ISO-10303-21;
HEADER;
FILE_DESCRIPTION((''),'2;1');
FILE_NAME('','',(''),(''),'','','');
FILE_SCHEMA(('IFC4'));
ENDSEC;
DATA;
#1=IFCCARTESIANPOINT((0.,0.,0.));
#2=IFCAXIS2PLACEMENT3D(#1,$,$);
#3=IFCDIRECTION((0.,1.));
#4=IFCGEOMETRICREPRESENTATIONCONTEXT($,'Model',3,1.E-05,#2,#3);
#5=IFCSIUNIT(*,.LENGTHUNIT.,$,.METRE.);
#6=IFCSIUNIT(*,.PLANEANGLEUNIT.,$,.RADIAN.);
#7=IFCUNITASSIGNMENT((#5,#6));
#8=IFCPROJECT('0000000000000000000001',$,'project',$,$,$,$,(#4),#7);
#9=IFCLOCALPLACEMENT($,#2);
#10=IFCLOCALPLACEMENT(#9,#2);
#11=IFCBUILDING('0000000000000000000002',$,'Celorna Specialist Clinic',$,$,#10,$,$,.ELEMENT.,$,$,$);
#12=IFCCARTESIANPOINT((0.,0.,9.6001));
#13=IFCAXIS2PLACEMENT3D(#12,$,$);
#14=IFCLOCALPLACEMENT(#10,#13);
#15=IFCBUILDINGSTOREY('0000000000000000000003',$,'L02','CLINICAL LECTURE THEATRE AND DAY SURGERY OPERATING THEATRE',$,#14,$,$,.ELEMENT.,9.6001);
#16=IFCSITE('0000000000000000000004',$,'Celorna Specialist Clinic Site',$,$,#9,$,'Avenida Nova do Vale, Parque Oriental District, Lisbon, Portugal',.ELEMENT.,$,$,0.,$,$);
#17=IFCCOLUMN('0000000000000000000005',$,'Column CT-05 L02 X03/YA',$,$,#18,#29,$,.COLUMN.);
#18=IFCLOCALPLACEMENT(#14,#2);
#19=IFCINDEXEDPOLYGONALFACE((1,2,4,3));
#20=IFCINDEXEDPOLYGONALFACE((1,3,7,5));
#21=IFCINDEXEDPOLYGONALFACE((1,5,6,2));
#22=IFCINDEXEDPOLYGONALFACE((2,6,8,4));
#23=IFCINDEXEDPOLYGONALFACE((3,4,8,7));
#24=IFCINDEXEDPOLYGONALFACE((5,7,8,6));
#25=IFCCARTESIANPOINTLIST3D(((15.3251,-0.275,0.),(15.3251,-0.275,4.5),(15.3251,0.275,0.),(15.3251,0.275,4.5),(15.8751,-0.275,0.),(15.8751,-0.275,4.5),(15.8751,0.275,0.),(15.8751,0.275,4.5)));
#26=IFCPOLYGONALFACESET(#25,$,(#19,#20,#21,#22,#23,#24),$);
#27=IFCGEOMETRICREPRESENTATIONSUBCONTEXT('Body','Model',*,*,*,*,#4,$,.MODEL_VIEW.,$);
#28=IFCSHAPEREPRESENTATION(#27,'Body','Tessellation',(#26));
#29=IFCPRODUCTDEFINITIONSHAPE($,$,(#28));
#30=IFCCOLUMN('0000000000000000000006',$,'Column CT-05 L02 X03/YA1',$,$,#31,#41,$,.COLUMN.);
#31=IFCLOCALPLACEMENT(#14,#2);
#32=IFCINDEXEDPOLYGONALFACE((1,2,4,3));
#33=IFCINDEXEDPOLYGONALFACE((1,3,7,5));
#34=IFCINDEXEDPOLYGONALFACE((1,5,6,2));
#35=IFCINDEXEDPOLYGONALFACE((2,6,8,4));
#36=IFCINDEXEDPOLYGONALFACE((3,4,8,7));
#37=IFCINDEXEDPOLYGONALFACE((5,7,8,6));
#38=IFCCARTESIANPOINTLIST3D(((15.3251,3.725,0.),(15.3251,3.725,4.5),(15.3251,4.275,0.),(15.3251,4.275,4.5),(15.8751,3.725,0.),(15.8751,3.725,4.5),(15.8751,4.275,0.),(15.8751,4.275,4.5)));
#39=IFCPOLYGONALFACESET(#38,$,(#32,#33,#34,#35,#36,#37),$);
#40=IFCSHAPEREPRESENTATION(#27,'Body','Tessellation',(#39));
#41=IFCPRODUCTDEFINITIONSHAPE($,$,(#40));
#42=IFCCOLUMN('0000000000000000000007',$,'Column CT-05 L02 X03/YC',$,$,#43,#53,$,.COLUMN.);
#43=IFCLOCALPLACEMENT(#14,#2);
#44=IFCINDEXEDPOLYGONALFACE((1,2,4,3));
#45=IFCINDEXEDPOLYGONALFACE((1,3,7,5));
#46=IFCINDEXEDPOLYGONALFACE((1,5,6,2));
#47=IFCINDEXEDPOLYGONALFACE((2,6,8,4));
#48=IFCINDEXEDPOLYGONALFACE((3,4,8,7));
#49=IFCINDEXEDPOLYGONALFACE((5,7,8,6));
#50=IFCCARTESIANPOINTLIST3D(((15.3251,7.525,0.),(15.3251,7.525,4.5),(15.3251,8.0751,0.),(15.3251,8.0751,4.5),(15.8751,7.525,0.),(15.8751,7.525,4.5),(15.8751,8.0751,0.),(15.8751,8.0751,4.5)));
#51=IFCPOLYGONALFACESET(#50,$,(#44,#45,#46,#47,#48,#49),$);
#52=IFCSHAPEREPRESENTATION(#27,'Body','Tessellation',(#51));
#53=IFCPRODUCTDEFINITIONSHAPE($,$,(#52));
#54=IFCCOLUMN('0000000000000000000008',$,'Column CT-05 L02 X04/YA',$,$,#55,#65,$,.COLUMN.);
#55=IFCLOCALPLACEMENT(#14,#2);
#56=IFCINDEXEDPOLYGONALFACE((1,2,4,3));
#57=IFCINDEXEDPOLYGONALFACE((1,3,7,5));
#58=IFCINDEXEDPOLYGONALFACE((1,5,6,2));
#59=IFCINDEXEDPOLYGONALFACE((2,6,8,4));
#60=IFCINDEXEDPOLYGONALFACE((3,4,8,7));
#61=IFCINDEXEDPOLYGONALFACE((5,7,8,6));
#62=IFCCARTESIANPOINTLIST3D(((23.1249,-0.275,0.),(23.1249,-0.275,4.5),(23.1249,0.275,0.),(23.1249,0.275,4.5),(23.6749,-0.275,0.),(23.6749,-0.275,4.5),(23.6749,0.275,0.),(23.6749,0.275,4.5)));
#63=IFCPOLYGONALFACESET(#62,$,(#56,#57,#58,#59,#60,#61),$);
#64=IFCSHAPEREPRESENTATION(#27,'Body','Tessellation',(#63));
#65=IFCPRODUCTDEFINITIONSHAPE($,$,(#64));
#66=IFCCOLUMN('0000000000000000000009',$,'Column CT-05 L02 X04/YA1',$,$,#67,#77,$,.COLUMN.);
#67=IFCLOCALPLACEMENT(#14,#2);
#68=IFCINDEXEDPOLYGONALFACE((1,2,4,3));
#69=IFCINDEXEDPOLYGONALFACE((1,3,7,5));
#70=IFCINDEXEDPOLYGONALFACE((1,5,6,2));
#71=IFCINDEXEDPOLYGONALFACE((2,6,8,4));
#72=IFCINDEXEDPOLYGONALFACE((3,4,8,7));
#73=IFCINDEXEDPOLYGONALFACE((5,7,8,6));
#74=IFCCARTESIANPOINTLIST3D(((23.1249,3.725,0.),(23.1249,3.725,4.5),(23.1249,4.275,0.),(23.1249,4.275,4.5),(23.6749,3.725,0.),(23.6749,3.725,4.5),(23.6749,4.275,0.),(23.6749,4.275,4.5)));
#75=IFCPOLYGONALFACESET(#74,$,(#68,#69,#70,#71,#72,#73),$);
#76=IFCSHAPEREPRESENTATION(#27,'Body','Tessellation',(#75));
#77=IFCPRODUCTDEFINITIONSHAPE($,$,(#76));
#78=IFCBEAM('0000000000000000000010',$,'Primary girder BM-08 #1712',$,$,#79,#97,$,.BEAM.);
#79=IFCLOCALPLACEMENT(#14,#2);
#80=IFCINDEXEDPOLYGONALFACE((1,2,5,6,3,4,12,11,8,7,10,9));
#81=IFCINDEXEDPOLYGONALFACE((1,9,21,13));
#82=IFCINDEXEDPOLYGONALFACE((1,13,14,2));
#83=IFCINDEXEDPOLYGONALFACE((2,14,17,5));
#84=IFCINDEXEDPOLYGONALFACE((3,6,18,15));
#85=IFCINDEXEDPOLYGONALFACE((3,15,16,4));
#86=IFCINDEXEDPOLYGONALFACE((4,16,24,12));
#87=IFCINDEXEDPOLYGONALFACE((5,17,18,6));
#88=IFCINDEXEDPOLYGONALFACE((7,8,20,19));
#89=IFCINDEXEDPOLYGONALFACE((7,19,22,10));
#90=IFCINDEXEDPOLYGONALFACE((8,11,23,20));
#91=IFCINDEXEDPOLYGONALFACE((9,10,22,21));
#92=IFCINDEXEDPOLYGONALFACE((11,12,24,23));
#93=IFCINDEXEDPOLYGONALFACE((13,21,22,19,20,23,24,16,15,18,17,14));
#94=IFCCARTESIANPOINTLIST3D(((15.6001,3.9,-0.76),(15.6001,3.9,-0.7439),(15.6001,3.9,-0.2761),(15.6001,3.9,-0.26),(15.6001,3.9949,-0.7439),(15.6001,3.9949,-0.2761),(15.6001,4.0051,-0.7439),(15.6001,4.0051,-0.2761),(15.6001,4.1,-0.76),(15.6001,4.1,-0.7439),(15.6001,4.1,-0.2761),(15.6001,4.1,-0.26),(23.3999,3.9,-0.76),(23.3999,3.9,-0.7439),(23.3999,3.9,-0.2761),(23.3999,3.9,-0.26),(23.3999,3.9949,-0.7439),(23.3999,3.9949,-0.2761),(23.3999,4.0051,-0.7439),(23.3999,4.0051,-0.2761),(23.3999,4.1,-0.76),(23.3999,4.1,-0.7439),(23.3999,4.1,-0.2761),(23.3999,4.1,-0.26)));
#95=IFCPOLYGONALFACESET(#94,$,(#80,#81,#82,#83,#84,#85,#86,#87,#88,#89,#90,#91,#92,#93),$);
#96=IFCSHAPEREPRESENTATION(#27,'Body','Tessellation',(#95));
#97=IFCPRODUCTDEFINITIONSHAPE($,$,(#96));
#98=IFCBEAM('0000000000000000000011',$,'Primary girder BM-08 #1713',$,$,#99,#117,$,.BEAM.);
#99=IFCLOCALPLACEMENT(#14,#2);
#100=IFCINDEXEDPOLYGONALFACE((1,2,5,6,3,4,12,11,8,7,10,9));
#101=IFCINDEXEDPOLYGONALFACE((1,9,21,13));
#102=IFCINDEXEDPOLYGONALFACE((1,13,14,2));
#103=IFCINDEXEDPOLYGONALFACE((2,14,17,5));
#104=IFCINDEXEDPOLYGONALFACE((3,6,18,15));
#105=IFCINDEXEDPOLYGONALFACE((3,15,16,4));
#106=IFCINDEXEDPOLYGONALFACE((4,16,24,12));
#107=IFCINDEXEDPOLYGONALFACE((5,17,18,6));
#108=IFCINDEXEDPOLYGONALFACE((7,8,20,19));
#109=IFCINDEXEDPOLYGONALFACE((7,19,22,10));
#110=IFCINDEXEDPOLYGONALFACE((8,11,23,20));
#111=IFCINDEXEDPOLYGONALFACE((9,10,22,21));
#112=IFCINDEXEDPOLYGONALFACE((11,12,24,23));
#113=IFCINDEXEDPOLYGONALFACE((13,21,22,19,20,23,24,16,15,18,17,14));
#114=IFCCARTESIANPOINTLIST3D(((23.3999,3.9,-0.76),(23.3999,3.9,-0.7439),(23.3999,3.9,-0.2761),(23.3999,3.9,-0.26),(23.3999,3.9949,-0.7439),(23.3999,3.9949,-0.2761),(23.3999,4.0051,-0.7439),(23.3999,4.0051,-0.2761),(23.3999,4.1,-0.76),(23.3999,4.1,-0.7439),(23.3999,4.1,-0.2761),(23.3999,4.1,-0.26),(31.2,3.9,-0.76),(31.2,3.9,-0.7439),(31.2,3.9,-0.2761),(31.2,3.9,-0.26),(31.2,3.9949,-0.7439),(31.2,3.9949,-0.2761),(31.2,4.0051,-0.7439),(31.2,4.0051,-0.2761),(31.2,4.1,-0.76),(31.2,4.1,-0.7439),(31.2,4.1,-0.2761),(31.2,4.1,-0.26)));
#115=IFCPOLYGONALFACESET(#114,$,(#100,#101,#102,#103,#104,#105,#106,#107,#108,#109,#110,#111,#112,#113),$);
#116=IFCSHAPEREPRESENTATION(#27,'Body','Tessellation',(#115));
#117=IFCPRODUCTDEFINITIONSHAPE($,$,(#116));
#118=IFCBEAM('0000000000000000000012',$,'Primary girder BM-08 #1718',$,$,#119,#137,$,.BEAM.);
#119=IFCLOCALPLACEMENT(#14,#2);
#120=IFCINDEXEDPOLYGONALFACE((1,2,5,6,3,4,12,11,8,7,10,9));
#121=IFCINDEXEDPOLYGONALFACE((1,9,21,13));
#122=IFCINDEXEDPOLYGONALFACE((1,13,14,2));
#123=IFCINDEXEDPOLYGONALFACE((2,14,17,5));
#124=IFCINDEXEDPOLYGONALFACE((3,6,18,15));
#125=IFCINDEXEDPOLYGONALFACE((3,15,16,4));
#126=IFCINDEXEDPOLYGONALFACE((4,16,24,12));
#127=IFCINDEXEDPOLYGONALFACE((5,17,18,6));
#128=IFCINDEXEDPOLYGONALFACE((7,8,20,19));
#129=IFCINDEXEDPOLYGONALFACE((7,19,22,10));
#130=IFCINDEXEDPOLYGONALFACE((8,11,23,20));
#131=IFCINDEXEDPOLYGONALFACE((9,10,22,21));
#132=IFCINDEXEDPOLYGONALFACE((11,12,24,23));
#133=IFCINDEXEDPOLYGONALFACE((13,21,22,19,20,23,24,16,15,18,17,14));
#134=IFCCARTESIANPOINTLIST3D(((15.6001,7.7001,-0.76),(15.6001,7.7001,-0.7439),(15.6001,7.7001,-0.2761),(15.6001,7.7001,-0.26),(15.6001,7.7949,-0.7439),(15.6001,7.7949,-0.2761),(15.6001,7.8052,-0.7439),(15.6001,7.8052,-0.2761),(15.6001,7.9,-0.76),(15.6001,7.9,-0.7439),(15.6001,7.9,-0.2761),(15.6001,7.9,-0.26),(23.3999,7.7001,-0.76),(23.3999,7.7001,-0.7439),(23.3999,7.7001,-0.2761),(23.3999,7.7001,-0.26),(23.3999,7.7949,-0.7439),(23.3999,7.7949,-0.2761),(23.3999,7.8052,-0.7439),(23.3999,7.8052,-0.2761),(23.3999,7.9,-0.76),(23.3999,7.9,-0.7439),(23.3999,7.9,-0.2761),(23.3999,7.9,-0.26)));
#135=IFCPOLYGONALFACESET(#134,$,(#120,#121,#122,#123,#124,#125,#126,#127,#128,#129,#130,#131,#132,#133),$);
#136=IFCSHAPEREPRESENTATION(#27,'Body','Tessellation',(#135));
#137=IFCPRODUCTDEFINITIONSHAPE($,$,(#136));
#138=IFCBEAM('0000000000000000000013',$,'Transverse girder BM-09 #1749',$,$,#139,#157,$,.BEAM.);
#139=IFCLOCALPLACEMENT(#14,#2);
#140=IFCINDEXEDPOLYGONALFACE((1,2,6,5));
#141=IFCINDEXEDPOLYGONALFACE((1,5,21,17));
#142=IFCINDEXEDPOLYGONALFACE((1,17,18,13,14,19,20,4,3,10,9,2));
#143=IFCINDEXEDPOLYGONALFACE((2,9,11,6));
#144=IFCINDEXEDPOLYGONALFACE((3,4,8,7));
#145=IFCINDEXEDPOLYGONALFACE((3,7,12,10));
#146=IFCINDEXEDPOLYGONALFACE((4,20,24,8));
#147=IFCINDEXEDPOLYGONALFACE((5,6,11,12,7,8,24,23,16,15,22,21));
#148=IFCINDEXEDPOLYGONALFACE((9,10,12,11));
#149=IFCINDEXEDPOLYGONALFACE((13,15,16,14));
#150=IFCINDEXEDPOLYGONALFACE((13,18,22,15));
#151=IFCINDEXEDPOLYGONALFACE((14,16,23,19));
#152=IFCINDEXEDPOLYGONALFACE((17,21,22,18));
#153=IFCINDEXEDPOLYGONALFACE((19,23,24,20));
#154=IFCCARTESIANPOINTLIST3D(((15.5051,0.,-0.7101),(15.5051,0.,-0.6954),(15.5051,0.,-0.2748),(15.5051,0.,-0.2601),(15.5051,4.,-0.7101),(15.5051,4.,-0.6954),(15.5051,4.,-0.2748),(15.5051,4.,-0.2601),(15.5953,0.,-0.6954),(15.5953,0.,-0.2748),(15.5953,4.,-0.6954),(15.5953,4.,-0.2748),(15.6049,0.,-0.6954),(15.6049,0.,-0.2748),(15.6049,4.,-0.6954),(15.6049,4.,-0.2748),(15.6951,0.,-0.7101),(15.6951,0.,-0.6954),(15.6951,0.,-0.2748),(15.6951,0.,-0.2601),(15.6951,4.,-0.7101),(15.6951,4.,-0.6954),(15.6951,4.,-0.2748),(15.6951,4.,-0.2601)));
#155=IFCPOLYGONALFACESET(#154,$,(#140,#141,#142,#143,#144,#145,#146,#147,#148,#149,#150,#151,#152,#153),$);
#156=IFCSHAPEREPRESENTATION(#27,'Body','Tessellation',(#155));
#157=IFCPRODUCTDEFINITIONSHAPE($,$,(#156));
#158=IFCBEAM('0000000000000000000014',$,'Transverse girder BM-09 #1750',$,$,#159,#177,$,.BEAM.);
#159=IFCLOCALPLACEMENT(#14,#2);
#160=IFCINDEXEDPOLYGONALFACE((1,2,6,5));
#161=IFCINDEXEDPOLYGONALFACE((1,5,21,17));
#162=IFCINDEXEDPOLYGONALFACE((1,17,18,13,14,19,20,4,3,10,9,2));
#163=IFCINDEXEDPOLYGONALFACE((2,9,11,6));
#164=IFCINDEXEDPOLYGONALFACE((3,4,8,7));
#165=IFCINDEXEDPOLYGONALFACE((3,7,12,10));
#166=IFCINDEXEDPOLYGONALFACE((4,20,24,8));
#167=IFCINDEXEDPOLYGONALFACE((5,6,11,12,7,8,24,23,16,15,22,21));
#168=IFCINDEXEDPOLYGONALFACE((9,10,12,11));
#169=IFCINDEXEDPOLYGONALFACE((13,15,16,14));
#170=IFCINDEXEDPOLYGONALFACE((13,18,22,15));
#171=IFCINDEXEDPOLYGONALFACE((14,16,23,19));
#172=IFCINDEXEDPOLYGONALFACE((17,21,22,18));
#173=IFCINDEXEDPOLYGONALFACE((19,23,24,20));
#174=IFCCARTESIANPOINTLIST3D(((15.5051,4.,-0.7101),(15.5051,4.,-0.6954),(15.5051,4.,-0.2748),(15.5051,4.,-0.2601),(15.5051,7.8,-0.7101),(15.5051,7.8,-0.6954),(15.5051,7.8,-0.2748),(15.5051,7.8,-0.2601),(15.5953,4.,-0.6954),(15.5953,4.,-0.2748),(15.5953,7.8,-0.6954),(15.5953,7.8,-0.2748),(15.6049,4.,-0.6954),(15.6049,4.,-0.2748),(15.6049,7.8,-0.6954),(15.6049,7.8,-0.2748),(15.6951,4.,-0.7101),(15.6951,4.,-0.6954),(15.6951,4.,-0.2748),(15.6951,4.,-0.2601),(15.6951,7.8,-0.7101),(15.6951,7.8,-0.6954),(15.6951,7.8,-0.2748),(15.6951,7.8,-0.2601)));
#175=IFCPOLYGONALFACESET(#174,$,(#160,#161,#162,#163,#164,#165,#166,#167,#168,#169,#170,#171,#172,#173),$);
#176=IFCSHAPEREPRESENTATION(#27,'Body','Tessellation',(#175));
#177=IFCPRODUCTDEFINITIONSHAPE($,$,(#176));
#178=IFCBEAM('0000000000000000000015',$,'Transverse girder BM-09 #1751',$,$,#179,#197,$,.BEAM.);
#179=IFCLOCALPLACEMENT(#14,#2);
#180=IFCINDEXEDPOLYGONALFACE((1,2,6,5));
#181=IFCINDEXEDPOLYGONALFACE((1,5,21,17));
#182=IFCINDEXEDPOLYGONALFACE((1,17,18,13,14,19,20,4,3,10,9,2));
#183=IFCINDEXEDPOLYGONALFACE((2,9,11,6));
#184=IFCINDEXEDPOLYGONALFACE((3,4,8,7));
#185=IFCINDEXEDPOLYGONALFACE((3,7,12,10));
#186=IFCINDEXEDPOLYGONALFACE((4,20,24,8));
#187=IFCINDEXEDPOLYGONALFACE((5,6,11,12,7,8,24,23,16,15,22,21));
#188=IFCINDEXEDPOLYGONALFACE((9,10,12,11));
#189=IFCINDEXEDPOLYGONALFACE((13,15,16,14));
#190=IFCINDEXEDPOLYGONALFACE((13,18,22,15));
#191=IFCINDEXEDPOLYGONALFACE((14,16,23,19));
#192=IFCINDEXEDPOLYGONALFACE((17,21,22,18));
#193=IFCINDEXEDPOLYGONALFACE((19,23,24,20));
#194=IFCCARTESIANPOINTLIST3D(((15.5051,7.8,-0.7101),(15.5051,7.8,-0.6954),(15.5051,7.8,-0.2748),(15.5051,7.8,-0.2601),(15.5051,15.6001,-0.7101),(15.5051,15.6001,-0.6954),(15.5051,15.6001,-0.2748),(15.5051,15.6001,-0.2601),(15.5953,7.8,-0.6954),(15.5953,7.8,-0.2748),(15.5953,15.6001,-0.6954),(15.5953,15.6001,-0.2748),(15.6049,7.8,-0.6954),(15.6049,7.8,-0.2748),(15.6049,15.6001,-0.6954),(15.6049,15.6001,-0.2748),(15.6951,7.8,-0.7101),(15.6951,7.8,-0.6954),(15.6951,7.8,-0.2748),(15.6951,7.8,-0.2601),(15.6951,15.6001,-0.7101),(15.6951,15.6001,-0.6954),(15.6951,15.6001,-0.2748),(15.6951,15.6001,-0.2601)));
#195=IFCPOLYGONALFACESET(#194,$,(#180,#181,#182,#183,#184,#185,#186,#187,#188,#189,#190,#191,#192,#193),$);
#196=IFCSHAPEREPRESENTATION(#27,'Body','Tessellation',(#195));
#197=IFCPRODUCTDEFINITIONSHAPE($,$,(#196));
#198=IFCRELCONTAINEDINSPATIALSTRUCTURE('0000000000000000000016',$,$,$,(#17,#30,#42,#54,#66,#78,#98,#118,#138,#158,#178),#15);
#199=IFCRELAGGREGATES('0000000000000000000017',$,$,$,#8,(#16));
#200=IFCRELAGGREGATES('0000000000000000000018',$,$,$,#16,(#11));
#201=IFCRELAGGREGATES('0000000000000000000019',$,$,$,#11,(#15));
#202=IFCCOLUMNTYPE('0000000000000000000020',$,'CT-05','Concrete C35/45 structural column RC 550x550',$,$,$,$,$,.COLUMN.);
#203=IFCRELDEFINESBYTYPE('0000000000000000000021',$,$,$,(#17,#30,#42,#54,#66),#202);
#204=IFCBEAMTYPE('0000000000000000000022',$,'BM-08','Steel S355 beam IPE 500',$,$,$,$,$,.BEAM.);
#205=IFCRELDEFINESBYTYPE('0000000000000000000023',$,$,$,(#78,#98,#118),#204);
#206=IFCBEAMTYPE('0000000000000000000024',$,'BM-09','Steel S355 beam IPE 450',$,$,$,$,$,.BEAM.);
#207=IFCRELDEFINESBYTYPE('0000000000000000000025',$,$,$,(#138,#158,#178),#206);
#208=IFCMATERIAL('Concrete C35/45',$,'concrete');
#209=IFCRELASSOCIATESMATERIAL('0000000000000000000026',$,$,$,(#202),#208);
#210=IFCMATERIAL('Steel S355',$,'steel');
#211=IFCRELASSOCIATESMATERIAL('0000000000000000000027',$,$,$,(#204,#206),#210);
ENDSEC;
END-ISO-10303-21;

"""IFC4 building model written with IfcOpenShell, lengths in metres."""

from ifc_helpers import new_model, si_unit, direction, frame, origin, origin_2d, place, context, subcontext, project, spatial, rectangle, i_section, extrude, material, material_profile, profile_set, type_object, element, save


model = new_model("IFC4")

# Units and contexts
model_context = context("Model", 3, precision=1e-05, world=origin(), true_north=direction((0.0, 1.0)))
body_context = subcontext(model_context, "Body", "Model", "MODEL_VIEW")
ifc_project = project(units=[si_unit("LENGTHUNIT", "METRE"), si_unit("PLANEANGLEUNIT", "RADIAN")], contexts=[model_context])

# Site, building, storey
site_placement = place(None, origin())
site = spatial("IfcSite", under=ifc_project, at=site_placement, Name="Celorna Specialist Clinic Site", LongName="Avenida Nova do Vale, Parque Oriental District, Lisbon, Portugal", CompositionType="ELEMENT", RefElevation=0.0)
building_placement = place(site_placement, origin())
building = spatial("IfcBuilding", under=site, at=building_placement, Name="Celorna Specialist Clinic", CompositionType="ELEMENT")
storey_placement = place(building_placement, frame((0.0, 0.0, 9.6001)))
storey = spatial("IfcBuildingStorey", under=building, at=storey_placement, Name="L02", Description="CLINICAL LECTURE THEATRE AND DAY SURGERY OPERATING THEATRE", CompositionType="ELEMENT", Elevation=9.6001)

# Columns
ifc_material_1 = material(Name="Concrete C35/45", Category="concrete")
ifc_material_profile_1 = material_profile(ifc_material_1, rectangle(XDim=0.55, YDim=0.55, at=origin_2d()), Name="RC 550x550")
ifc_profile_set_1 = profile_set([ifc_material_profile_1], Name="Concrete C35/45")
column_type = type_object("IfcColumnType", Name="CT-05", Description="Concrete C35/45 structural column RC 550x550", PredefinedType="COLUMN", material=ifc_profile_set_1)
for number, where, z_axis, x_axis, name in (
    (1, (15.6001, 0.0, 0.0), (0.0, 0.0, 1.0), (1.0, 0.0, 0.0), "Column CT-05 L02 X03/YA"),
    (2, (15.6001, 4.0, 0.0), (0.0, 0.0, 1.0), (1.0, 0.0, 0.0), "Column CT-05 L02 X03/YA1"),
    (3, (15.6001, 7.8, 0.0), (0.0, 0.0, 1.0), (1.0, 0.0, 0.0), "Column CT-05 L02 X03/YC"),
    (4, (23.3999, 0.0, 0.0), (0.0, 0.0, 1.0), (1.0, 0.0, 0.0), "Column CT-05 L02 X04/YA"),
    (5, (23.3999, 4.0, 0.0), (0.0, 0.0, 1.0), (1.0, 0.0, 0.0), "Column CT-05 L02 X04/YA1"),
):
    element("IfcColumn", number, at=place(storey_placement, frame(where, z_axis=z_axis, x_axis=x_axis)), inside=storey, type_object=column_type, Name=name, PredefinedType="COLUMN", context=body_context, shape_type="SweptSolid", body=[
        extrude(rectangle(XDim=0.55, YDim=0.55, at=origin_2d()), origin(), (0.0, 0.0, 1.0), 4.5),
    ])

# Beams
ifc_material_2 = material(Name="Steel S355", Category="steel")
ifc_material_profile_2 = material_profile(ifc_material_2, i_section(OverallWidth=0.2, OverallDepth=0.5, WebThickness=0.0103, FlangeThickness=0.0161, at=origin_2d()), Name="IPE 500")
ifc_profile_set_2 = profile_set([ifc_material_profile_2], Name="Steel S355")
beam_type_1 = type_object("IfcBeamType", Name="BM-08", Description="Steel S355 beam IPE 500", PredefinedType="BEAM", material=ifc_profile_set_2)
beam_1_placement = place(storey_placement, frame((15.6001, 4.0, -0.51), z_axis=(1.0, 0.0, 0.0), x_axis=(0.0, 1.0, 0.0)))
element("IfcBeam", 6, at=beam_1_placement, inside=storey, type_object=beam_type_1, Name="Primary girder BM-08 #1712", PredefinedType="BEAM", context=body_context, shape_type="SweptSolid", body=[
    extrude(i_section(OverallWidth=0.2, OverallDepth=0.5, WebThickness=0.0103, FlangeThickness=0.0161, at=origin_2d()), origin(), (0.0, 0.0, 1.0), 7.7998),
])
beam_2_placement = place(storey_placement, frame((23.3999, 4.0, -0.51), z_axis=(1.0, 0.0, 0.0), x_axis=(0.0, 1.0, 0.0)))
element("IfcBeam", 7, at=beam_2_placement, inside=storey, type_object=beam_type_1, Name="Primary girder BM-08 #1713", PredefinedType="BEAM", context=body_context, shape_type="SweptSolid", body=[
    extrude(i_section(OverallWidth=0.2, OverallDepth=0.5, WebThickness=0.0103, FlangeThickness=0.0161, at=origin_2d()), origin(), (0.0, 0.0, 1.0), 7.8),
])
beam_3_placement = place(storey_placement, frame((15.6001, 7.8, -0.51), z_axis=(1.0, 0.0, 0.0), x_axis=(0.0, 1.0, 0.0)))
element("IfcBeam", 8, at=beam_3_placement, inside=storey, type_object=beam_type_1, Name="Primary girder BM-08 #1718", PredefinedType="BEAM", context=body_context, shape_type="SweptSolid", body=[
    extrude(i_section(OverallWidth=0.2, OverallDepth=0.5, WebThickness=0.0103, FlangeThickness=0.0161, at=origin_2d()), origin(), (0.0, 0.0, 1.0), 7.7998),
])
ifc_material_profile_3 = material_profile(ifc_material_2, i_section(OverallWidth=0.1899, OverallDepth=0.45, WebThickness=0.0095, FlangeThickness=0.0146, at=origin_2d()), Name="IPE 450")
ifc_profile_set_3 = profile_set([ifc_material_profile_3], Name="Steel S355")
beam_type_2 = type_object("IfcBeamType", Name="BM-09", Description="Steel S355 beam IPE 450", PredefinedType="BEAM", material=ifc_profile_set_3)
beam_4_placement = place(storey_placement, frame((15.6001, 0.0, -0.4851), z_axis=(0.0, 1.0, 0.0), x_axis=(-1.0, 0.0, 0.0)))
element("IfcBeam", 9, at=beam_4_placement, inside=storey, type_object=beam_type_2, Name="Transverse girder BM-09 #1749", PredefinedType="BEAM", context=body_context, shape_type="SweptSolid", body=[
    extrude(i_section(OverallWidth=0.1899, OverallDepth=0.45, WebThickness=0.0095, FlangeThickness=0.0146, at=origin_2d()), origin(), (0.0, 0.0, 1.0), 4.0),
])
beam_5_placement = place(storey_placement, frame((15.6001, 4.0, -0.4851), z_axis=(0.0, 1.0, 0.0), x_axis=(-1.0, 0.0, 0.0)))
element("IfcBeam", 10, at=beam_5_placement, inside=storey, type_object=beam_type_2, Name="Transverse girder BM-09 #1750", PredefinedType="BEAM", context=body_context, shape_type="SweptSolid", body=[
    extrude(i_section(OverallWidth=0.1899, OverallDepth=0.45, WebThickness=0.0095, FlangeThickness=0.0146, at=origin_2d()), origin(), (0.0, 0.0, 1.0), 3.8),
])
beam_6_placement = place(storey_placement, frame((15.6001, 7.8, -0.4851), z_axis=(0.0, 1.0, 0.0), x_axis=(-1.0, 0.0, 0.0)))
element("IfcBeam", 11, at=beam_6_placement, inside=storey, type_object=beam_type_2, Name="Transverse girder BM-09 #1751", PredefinedType="BEAM", context=body_context, shape_type="SweptSolid", body=[
    extrude(i_section(OverallWidth=0.1899, OverallDepth=0.45, WebThickness=0.0095, FlangeThickness=0.0146, at=origin_2d()), origin(), (0.0, 0.0, 1.0), 7.8),
])

save(model, "model.ifc")
